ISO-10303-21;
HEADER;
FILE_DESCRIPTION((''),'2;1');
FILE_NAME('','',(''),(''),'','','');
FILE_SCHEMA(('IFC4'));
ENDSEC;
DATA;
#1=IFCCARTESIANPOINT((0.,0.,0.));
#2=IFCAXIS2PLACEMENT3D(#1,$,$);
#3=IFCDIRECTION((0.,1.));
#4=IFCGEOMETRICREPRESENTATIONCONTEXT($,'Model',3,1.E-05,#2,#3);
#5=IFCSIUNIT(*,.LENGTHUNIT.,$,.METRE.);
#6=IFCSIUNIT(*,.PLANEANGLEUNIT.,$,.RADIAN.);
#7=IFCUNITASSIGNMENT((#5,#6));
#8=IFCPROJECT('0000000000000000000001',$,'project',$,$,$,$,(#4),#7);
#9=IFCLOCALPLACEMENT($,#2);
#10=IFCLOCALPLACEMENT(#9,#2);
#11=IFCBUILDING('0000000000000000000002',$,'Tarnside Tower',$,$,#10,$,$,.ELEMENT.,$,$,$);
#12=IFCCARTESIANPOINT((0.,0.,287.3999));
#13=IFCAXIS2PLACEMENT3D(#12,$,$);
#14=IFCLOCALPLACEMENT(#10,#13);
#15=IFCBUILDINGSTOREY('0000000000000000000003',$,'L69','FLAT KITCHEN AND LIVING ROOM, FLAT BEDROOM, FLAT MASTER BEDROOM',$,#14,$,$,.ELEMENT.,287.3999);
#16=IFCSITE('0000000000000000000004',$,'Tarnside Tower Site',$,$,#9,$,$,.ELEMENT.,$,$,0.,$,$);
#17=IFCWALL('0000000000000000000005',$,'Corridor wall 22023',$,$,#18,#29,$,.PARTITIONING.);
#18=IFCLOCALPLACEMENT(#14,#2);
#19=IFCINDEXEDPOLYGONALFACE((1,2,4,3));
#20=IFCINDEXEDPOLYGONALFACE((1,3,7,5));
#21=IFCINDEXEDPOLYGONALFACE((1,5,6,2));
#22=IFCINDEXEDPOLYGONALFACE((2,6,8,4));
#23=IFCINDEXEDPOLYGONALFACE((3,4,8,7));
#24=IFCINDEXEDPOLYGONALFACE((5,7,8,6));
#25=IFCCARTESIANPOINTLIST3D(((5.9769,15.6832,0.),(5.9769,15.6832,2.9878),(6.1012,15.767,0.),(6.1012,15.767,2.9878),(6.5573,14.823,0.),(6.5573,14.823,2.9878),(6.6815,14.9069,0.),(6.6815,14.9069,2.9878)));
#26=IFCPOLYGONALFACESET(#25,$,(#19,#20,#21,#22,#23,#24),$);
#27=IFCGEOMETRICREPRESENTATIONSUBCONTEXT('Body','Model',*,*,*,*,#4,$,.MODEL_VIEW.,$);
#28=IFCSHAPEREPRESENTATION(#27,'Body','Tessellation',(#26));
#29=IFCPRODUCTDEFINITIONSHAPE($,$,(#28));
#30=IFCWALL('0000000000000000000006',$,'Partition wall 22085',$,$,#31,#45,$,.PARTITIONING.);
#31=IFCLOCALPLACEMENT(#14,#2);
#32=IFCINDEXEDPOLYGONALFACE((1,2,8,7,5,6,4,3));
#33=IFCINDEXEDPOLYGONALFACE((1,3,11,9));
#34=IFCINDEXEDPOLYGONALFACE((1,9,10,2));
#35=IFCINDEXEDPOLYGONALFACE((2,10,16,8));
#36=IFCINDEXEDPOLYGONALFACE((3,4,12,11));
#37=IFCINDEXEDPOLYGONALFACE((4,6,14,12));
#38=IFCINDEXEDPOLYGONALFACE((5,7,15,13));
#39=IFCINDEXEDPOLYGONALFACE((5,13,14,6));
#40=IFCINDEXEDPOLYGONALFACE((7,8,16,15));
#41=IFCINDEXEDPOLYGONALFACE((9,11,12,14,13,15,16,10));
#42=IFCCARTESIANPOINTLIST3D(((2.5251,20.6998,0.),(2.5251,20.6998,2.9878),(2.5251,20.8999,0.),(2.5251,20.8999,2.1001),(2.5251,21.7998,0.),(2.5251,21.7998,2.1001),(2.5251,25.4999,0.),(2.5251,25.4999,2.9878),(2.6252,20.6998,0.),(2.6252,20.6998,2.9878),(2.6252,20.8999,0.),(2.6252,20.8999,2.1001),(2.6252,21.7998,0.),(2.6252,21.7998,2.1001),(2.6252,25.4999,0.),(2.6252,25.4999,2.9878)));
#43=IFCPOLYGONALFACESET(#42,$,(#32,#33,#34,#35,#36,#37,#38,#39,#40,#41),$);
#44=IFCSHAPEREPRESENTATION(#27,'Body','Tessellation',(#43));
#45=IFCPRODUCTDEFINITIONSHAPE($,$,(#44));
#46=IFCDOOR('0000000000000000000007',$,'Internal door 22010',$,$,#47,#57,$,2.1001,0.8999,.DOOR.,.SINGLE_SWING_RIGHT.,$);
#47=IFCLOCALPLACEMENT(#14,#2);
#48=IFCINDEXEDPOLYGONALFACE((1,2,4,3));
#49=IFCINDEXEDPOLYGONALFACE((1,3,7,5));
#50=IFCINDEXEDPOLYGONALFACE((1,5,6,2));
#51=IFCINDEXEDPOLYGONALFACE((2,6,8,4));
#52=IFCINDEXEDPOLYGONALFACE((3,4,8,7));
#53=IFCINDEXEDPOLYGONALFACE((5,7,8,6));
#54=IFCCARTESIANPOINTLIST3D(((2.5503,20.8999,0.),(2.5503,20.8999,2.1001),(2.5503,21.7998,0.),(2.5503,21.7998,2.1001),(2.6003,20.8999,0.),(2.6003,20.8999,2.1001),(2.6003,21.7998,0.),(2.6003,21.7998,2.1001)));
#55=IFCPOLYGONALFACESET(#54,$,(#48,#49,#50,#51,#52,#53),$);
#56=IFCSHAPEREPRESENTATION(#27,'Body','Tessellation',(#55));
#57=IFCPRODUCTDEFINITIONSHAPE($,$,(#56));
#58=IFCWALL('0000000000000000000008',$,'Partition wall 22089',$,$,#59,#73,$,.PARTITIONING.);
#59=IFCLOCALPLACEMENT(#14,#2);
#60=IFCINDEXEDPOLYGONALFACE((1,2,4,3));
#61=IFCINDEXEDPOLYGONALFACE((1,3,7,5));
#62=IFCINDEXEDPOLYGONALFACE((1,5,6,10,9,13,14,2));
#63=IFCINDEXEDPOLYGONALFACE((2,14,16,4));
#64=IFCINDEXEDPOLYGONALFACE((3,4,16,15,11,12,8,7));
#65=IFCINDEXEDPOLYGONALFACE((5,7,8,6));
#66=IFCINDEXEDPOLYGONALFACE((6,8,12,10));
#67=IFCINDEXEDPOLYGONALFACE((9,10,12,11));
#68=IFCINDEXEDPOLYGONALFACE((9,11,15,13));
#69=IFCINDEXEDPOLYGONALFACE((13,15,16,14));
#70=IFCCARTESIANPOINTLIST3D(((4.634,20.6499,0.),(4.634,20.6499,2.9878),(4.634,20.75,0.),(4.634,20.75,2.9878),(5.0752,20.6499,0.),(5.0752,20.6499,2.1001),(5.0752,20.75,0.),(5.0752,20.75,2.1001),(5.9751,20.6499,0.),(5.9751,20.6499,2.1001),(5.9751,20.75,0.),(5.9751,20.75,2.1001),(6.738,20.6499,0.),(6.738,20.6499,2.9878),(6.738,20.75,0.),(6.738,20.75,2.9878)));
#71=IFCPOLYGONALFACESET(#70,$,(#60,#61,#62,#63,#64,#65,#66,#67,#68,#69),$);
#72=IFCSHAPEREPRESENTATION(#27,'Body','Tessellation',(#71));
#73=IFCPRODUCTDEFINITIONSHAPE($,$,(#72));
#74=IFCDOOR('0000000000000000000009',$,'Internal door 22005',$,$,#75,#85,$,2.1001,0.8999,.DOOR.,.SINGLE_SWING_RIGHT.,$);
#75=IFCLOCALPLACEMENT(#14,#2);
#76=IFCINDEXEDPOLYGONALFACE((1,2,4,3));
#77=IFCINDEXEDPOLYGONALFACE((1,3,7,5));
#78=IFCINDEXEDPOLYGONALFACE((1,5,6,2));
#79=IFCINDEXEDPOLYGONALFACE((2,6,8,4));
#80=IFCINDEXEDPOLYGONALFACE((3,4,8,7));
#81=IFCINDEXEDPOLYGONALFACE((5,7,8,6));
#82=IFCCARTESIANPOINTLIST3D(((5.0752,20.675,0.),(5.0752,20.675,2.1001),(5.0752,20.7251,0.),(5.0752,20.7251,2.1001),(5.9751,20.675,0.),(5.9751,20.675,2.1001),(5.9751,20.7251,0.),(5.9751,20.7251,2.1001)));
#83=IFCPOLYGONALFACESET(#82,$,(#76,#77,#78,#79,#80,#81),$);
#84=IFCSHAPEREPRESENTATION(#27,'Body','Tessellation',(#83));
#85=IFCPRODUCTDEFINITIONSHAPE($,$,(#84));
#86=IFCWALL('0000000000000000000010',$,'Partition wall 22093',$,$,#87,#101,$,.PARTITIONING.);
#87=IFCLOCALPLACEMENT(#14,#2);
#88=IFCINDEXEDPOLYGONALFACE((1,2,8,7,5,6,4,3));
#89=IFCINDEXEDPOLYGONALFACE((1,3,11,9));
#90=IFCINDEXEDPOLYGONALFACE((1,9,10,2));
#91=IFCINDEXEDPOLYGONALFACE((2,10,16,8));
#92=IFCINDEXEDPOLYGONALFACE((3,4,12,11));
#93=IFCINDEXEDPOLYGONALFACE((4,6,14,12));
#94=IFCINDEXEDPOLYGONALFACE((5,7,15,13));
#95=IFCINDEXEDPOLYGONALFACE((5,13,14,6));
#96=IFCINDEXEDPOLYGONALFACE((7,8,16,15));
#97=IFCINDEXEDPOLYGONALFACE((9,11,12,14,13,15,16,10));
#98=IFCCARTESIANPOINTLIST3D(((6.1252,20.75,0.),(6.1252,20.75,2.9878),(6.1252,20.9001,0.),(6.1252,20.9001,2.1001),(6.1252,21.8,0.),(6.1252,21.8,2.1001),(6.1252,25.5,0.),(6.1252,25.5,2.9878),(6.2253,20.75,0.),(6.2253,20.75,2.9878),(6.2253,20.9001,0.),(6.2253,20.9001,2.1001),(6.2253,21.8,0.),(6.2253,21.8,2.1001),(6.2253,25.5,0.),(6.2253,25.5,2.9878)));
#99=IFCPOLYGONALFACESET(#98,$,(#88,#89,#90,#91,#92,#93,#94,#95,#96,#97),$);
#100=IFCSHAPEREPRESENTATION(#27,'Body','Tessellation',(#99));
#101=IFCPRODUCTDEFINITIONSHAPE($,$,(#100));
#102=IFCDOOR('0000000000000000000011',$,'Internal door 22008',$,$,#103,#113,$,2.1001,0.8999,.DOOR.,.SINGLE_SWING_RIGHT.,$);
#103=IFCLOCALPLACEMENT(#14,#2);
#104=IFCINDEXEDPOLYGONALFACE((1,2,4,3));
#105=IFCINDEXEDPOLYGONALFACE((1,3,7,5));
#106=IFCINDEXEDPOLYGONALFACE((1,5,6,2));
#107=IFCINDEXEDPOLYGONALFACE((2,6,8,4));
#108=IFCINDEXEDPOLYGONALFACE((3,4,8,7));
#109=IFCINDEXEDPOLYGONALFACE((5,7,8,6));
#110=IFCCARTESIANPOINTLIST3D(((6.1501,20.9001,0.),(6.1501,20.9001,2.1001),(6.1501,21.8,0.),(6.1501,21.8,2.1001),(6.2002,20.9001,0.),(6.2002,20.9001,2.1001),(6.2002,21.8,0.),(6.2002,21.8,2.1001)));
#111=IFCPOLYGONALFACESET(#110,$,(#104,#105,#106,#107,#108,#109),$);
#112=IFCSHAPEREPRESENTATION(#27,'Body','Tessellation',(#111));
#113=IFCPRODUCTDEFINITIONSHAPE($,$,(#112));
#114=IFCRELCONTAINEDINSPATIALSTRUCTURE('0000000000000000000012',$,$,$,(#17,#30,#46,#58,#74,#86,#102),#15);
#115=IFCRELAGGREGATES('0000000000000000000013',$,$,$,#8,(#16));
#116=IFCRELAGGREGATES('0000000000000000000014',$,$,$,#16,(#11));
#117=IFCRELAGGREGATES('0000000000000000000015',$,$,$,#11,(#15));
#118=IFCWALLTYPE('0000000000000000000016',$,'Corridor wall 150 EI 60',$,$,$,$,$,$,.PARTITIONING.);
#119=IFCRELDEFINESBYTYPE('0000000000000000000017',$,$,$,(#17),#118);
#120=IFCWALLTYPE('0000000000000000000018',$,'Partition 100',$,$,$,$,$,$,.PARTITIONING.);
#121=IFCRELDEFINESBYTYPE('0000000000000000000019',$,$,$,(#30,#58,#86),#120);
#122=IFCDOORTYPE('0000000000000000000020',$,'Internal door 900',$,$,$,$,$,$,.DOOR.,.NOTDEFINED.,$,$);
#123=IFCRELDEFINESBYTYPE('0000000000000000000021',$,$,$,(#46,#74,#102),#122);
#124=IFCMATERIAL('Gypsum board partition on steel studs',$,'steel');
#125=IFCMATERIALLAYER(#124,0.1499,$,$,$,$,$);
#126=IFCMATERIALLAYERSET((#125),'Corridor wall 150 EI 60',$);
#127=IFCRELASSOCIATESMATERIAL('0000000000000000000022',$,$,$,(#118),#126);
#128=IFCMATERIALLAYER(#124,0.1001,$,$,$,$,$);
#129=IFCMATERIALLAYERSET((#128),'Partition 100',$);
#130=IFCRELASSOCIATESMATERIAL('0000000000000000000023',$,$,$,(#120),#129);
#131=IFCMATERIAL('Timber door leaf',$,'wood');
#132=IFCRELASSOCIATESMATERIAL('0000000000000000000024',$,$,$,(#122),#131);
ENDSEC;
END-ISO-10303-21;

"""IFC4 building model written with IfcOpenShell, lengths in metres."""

from ifc_helpers import new_model, si_unit, direction, frame, frame_2d, origin, place, context, subcontext, project, spatial, rectangle, extrude, material, layer, layer_set, type_object, element, fill, save


model = new_model("IFC4")

# Units and contexts
model_context = context("Model", 3, precision=1e-05, world=origin(), true_north=direction((0.0, 1.0)))
body_context = subcontext(model_context, "Body", "Model", "MODEL_VIEW")
ifc_project = project(units=[si_unit("LENGTHUNIT", "METRE"), si_unit("PLANEANGLEUNIT", "RADIAN")], contexts=[model_context])

# Site, building, storey
site_placement = place(None, origin())
site = spatial("IfcSite", under=ifc_project, at=site_placement, Name="Tarnside Tower Site", CompositionType="ELEMENT", RefElevation=0.0)
building_placement = place(site_placement, origin())
building = spatial("IfcBuilding", under=site, at=building_placement, Name="Tarnside Tower", CompositionType="ELEMENT")
storey_placement = place(building_placement, frame((0.0, 0.0, 287.3999)))
storey = spatial("IfcBuildingStorey", under=building, at=storey_placement, Name="L69", Description="FLAT KITCHEN AND LIVING ROOM, FLAT BEDROOM, FLAT MASTER BEDROOM", CompositionType="ELEMENT", Elevation=287.3999)

# Shared definitions
ifc_material_1 = material(Name="Gypsum board partition on steel studs", Category="steel")

# Shared definitions
ifc_material_2 = material(Name="Timber door leaf", Category="wood")

# Shared definitions
ifc_layer_1 = layer(ifc_material_1, 0.1499)
ifc_layer_set_1 = layer_set([ifc_layer_1], Name="Corridor wall 150 EI 60")
wall_type_1 = type_object("IfcWallType", Name="Corridor wall 150 EI 60", PredefinedType="PARTITIONING", material=ifc_layer_set_1)

# Wall
wall_1_placement = place(storey_placement, frame((6.0391, 15.7251, 0.0), z_axis=(0.0, 0.0, 1.0), x_axis=(0.559307, -0.82896, 0.0)))
element("IfcWall", 1, at=wall_1_placement, inside=storey, type_object=wall_type_1, Name="Corridor wall 22023", PredefinedType="PARTITIONING", context=body_context, shape_type="SweptSolid", body=[
    extrude(rectangle(XDim=1.0376, YDim=0.1499, at=frame_2d((0.5188, 0.0))), origin(), (0.0, 0.0, 1.0), 2.9878),
])

# Walls, openings, doors
ifc_layer_2 = layer(ifc_material_1, 0.1001)
ifc_layer_set_2 = layer_set([ifc_layer_2], Name="Partition 100")
wall_type_2 = type_object("IfcWallType", Name="Partition 100", PredefinedType="PARTITIONING", material=ifc_layer_set_2)
wall_2_placement = place(storey_placement, frame((2.5752, 20.7, 0.0), z_axis=(0.0, 0.0, 1.0), x_axis=(0.0, 1.0, 0.0)))
wall_2 = element("IfcWall", 2, at=wall_2_placement, inside=storey, type_object=wall_type_2, Name="Partition wall 22085", PredefinedType="PARTITIONING", context=body_context, shape_type="SweptSolid", body=[
    extrude(rectangle(XDim=4.8, YDim=0.1001, at=frame_2d((2.3999, 0.0))), origin(), (0.0, 0.0, 1.0), 2.9878),
])
opening_1_placement = place(wall_2_placement, frame((0.2, 0.0, 0.0)))
opening_1 = element("IfcOpeningElement", 3, at=opening_1_placement, cuts=wall_2, PredefinedType="OPENING", context=body_context, shape_type="SweptSolid", body=[
    extrude(rectangle(XDim=0.8999, YDim=2.1001, at=frame_2d((0.45, 1.05))), frame((0.0, 0.0601, 0.0), z_axis=(0.0, -1.0, 0.0), x_axis=(1.0, 0.0, 0.0)), (0.0, 0.0, 1.0), 0.1201),
])
door_type_1 = type_object("IfcDoorType", Name="Internal door 900", OperationType="NOTDEFINED", PredefinedType="DOOR", material=ifc_material_2)
door_1_placement = place(opening_1_placement, origin())
door_1 = element("IfcDoor", 4, at=door_1_placement, inside=storey, type_object=door_type_1, Name="Internal door 22010", OperationType="SINGLE_SWING_RIGHT", OverallHeight=2.1001, OverallWidth=0.8999, PredefinedType="DOOR", context=body_context, shape_type="SweptSolid", body=[
    extrude(rectangle(XDim=0.8999, YDim=2.1001, at=frame_2d((0.45, 1.05))), frame((0.0, 0.0249, 0.0), z_axis=(0.0, -1.0, 0.0), x_axis=(1.0, 0.0, 0.0)), (0.0, 0.0, 1.0), 0.05),
])
fill(opening_1, door_1)
wall_3_placement = place(storey_placement, frame((6.738, 20.7, 0.0), z_axis=(0.0, 0.0, 1.0), x_axis=(-1.0, 0.0, 0.0)))
wall_3 = element("IfcWall", 5, at=wall_3_placement, inside=storey, type_object=wall_type_2, Name="Partition wall 22089", PredefinedType="PARTITIONING", context=body_context, shape_type="SweptSolid", body=[
    extrude(rectangle(XDim=2.104, YDim=0.1001, at=frame_2d((1.052, 0.0))), origin(), (0.0, 0.0, 1.0), 2.9878),
])
opening_2_placement = place(wall_3_placement, frame((0.7629, 0.0, 0.0)))
opening_2 = element("IfcOpeningElement", 6, at=opening_2_placement, cuts=wall_3, PredefinedType="OPENING", context=body_context, shape_type="SweptSolid", body=[
    extrude(rectangle(XDim=0.8999, YDim=2.1001, at=frame_2d((0.45, 1.05))), frame((0.0, 0.0601, 0.0), z_axis=(0.0, -1.0, 0.0), x_axis=(1.0, 0.0, 0.0)), (0.0, 0.0, 1.0), 0.1201),
])
door_2_placement = place(opening_2_placement, origin())
door_2 = element("IfcDoor", 7, at=door_2_placement, inside=storey, type_object=door_type_1, Name="Internal door 22005", OperationType="SINGLE_SWING_RIGHT", OverallHeight=2.1001, OverallWidth=0.8999, PredefinedType="DOOR", context=body_context, shape_type="SweptSolid", body=[
    extrude(rectangle(XDim=0.8999, YDim=2.1001, at=frame_2d((0.45, 1.05))), frame((0.0, 0.0249, 0.0), z_axis=(0.0, -1.0, 0.0), x_axis=(1.0, 0.0, 0.0)), (0.0, 0.0, 1.0), 0.05),
])
fill(opening_2, door_2)
wall_4_placement = place(storey_placement, frame((6.1753, 25.5, 0.0), z_axis=(0.0, 0.0, 1.0), x_axis=(0.0, -1.0, 0.0)))
wall_4 = element("IfcWall", 8, at=wall_4_placement, inside=storey, type_object=wall_type_2, Name="Partition wall 22093", PredefinedType="PARTITIONING", context=body_context, shape_type="SweptSolid", body=[
    extrude(rectangle(XDim=4.75, YDim=0.1001, at=frame_2d((2.375, 0.0))), origin(), (0.0, 0.0, 1.0), 2.9878),
])
opening_3_placement = place(wall_4_placement, frame((3.7, 0.0, 0.0)))
opening_3 = element("IfcOpeningElement", 9, at=opening_3_placement, cuts=wall_4, PredefinedType="OPENING", context=body_context, shape_type="SweptSolid", body=[
    extrude(rectangle(XDim=0.8999, YDim=2.1001, at=frame_2d((0.45, 1.05))), frame((0.0, 0.0601, 0.0), z_axis=(0.0, -1.0, 0.0), x_axis=(1.0, 0.0, 0.0)), (0.0, 0.0, 1.0), 0.1201),
])
door_3_placement = place(opening_3_placement, origin())
door_3 = element("IfcDoor", 10, at=door_3_placement, inside=storey, type_object=door_type_1, Name="Internal door 22008", OperationType="SINGLE_SWING_RIGHT", OverallHeight=2.1001, OverallWidth=0.8999, PredefinedType="DOOR", context=body_context, shape_type="SweptSolid", body=[
    extrude(rectangle(XDim=0.8999, YDim=2.1001, at=frame_2d((0.45, 1.05))), frame((0.0, 0.0249, 0.0), z_axis=(0.0, -1.0, 0.0), x_axis=(1.0, 0.0, 0.0)), (0.0, 0.0, 1.0), 0.05),
])
fill(opening_3, door_3)

save(model, "model.ifc")
